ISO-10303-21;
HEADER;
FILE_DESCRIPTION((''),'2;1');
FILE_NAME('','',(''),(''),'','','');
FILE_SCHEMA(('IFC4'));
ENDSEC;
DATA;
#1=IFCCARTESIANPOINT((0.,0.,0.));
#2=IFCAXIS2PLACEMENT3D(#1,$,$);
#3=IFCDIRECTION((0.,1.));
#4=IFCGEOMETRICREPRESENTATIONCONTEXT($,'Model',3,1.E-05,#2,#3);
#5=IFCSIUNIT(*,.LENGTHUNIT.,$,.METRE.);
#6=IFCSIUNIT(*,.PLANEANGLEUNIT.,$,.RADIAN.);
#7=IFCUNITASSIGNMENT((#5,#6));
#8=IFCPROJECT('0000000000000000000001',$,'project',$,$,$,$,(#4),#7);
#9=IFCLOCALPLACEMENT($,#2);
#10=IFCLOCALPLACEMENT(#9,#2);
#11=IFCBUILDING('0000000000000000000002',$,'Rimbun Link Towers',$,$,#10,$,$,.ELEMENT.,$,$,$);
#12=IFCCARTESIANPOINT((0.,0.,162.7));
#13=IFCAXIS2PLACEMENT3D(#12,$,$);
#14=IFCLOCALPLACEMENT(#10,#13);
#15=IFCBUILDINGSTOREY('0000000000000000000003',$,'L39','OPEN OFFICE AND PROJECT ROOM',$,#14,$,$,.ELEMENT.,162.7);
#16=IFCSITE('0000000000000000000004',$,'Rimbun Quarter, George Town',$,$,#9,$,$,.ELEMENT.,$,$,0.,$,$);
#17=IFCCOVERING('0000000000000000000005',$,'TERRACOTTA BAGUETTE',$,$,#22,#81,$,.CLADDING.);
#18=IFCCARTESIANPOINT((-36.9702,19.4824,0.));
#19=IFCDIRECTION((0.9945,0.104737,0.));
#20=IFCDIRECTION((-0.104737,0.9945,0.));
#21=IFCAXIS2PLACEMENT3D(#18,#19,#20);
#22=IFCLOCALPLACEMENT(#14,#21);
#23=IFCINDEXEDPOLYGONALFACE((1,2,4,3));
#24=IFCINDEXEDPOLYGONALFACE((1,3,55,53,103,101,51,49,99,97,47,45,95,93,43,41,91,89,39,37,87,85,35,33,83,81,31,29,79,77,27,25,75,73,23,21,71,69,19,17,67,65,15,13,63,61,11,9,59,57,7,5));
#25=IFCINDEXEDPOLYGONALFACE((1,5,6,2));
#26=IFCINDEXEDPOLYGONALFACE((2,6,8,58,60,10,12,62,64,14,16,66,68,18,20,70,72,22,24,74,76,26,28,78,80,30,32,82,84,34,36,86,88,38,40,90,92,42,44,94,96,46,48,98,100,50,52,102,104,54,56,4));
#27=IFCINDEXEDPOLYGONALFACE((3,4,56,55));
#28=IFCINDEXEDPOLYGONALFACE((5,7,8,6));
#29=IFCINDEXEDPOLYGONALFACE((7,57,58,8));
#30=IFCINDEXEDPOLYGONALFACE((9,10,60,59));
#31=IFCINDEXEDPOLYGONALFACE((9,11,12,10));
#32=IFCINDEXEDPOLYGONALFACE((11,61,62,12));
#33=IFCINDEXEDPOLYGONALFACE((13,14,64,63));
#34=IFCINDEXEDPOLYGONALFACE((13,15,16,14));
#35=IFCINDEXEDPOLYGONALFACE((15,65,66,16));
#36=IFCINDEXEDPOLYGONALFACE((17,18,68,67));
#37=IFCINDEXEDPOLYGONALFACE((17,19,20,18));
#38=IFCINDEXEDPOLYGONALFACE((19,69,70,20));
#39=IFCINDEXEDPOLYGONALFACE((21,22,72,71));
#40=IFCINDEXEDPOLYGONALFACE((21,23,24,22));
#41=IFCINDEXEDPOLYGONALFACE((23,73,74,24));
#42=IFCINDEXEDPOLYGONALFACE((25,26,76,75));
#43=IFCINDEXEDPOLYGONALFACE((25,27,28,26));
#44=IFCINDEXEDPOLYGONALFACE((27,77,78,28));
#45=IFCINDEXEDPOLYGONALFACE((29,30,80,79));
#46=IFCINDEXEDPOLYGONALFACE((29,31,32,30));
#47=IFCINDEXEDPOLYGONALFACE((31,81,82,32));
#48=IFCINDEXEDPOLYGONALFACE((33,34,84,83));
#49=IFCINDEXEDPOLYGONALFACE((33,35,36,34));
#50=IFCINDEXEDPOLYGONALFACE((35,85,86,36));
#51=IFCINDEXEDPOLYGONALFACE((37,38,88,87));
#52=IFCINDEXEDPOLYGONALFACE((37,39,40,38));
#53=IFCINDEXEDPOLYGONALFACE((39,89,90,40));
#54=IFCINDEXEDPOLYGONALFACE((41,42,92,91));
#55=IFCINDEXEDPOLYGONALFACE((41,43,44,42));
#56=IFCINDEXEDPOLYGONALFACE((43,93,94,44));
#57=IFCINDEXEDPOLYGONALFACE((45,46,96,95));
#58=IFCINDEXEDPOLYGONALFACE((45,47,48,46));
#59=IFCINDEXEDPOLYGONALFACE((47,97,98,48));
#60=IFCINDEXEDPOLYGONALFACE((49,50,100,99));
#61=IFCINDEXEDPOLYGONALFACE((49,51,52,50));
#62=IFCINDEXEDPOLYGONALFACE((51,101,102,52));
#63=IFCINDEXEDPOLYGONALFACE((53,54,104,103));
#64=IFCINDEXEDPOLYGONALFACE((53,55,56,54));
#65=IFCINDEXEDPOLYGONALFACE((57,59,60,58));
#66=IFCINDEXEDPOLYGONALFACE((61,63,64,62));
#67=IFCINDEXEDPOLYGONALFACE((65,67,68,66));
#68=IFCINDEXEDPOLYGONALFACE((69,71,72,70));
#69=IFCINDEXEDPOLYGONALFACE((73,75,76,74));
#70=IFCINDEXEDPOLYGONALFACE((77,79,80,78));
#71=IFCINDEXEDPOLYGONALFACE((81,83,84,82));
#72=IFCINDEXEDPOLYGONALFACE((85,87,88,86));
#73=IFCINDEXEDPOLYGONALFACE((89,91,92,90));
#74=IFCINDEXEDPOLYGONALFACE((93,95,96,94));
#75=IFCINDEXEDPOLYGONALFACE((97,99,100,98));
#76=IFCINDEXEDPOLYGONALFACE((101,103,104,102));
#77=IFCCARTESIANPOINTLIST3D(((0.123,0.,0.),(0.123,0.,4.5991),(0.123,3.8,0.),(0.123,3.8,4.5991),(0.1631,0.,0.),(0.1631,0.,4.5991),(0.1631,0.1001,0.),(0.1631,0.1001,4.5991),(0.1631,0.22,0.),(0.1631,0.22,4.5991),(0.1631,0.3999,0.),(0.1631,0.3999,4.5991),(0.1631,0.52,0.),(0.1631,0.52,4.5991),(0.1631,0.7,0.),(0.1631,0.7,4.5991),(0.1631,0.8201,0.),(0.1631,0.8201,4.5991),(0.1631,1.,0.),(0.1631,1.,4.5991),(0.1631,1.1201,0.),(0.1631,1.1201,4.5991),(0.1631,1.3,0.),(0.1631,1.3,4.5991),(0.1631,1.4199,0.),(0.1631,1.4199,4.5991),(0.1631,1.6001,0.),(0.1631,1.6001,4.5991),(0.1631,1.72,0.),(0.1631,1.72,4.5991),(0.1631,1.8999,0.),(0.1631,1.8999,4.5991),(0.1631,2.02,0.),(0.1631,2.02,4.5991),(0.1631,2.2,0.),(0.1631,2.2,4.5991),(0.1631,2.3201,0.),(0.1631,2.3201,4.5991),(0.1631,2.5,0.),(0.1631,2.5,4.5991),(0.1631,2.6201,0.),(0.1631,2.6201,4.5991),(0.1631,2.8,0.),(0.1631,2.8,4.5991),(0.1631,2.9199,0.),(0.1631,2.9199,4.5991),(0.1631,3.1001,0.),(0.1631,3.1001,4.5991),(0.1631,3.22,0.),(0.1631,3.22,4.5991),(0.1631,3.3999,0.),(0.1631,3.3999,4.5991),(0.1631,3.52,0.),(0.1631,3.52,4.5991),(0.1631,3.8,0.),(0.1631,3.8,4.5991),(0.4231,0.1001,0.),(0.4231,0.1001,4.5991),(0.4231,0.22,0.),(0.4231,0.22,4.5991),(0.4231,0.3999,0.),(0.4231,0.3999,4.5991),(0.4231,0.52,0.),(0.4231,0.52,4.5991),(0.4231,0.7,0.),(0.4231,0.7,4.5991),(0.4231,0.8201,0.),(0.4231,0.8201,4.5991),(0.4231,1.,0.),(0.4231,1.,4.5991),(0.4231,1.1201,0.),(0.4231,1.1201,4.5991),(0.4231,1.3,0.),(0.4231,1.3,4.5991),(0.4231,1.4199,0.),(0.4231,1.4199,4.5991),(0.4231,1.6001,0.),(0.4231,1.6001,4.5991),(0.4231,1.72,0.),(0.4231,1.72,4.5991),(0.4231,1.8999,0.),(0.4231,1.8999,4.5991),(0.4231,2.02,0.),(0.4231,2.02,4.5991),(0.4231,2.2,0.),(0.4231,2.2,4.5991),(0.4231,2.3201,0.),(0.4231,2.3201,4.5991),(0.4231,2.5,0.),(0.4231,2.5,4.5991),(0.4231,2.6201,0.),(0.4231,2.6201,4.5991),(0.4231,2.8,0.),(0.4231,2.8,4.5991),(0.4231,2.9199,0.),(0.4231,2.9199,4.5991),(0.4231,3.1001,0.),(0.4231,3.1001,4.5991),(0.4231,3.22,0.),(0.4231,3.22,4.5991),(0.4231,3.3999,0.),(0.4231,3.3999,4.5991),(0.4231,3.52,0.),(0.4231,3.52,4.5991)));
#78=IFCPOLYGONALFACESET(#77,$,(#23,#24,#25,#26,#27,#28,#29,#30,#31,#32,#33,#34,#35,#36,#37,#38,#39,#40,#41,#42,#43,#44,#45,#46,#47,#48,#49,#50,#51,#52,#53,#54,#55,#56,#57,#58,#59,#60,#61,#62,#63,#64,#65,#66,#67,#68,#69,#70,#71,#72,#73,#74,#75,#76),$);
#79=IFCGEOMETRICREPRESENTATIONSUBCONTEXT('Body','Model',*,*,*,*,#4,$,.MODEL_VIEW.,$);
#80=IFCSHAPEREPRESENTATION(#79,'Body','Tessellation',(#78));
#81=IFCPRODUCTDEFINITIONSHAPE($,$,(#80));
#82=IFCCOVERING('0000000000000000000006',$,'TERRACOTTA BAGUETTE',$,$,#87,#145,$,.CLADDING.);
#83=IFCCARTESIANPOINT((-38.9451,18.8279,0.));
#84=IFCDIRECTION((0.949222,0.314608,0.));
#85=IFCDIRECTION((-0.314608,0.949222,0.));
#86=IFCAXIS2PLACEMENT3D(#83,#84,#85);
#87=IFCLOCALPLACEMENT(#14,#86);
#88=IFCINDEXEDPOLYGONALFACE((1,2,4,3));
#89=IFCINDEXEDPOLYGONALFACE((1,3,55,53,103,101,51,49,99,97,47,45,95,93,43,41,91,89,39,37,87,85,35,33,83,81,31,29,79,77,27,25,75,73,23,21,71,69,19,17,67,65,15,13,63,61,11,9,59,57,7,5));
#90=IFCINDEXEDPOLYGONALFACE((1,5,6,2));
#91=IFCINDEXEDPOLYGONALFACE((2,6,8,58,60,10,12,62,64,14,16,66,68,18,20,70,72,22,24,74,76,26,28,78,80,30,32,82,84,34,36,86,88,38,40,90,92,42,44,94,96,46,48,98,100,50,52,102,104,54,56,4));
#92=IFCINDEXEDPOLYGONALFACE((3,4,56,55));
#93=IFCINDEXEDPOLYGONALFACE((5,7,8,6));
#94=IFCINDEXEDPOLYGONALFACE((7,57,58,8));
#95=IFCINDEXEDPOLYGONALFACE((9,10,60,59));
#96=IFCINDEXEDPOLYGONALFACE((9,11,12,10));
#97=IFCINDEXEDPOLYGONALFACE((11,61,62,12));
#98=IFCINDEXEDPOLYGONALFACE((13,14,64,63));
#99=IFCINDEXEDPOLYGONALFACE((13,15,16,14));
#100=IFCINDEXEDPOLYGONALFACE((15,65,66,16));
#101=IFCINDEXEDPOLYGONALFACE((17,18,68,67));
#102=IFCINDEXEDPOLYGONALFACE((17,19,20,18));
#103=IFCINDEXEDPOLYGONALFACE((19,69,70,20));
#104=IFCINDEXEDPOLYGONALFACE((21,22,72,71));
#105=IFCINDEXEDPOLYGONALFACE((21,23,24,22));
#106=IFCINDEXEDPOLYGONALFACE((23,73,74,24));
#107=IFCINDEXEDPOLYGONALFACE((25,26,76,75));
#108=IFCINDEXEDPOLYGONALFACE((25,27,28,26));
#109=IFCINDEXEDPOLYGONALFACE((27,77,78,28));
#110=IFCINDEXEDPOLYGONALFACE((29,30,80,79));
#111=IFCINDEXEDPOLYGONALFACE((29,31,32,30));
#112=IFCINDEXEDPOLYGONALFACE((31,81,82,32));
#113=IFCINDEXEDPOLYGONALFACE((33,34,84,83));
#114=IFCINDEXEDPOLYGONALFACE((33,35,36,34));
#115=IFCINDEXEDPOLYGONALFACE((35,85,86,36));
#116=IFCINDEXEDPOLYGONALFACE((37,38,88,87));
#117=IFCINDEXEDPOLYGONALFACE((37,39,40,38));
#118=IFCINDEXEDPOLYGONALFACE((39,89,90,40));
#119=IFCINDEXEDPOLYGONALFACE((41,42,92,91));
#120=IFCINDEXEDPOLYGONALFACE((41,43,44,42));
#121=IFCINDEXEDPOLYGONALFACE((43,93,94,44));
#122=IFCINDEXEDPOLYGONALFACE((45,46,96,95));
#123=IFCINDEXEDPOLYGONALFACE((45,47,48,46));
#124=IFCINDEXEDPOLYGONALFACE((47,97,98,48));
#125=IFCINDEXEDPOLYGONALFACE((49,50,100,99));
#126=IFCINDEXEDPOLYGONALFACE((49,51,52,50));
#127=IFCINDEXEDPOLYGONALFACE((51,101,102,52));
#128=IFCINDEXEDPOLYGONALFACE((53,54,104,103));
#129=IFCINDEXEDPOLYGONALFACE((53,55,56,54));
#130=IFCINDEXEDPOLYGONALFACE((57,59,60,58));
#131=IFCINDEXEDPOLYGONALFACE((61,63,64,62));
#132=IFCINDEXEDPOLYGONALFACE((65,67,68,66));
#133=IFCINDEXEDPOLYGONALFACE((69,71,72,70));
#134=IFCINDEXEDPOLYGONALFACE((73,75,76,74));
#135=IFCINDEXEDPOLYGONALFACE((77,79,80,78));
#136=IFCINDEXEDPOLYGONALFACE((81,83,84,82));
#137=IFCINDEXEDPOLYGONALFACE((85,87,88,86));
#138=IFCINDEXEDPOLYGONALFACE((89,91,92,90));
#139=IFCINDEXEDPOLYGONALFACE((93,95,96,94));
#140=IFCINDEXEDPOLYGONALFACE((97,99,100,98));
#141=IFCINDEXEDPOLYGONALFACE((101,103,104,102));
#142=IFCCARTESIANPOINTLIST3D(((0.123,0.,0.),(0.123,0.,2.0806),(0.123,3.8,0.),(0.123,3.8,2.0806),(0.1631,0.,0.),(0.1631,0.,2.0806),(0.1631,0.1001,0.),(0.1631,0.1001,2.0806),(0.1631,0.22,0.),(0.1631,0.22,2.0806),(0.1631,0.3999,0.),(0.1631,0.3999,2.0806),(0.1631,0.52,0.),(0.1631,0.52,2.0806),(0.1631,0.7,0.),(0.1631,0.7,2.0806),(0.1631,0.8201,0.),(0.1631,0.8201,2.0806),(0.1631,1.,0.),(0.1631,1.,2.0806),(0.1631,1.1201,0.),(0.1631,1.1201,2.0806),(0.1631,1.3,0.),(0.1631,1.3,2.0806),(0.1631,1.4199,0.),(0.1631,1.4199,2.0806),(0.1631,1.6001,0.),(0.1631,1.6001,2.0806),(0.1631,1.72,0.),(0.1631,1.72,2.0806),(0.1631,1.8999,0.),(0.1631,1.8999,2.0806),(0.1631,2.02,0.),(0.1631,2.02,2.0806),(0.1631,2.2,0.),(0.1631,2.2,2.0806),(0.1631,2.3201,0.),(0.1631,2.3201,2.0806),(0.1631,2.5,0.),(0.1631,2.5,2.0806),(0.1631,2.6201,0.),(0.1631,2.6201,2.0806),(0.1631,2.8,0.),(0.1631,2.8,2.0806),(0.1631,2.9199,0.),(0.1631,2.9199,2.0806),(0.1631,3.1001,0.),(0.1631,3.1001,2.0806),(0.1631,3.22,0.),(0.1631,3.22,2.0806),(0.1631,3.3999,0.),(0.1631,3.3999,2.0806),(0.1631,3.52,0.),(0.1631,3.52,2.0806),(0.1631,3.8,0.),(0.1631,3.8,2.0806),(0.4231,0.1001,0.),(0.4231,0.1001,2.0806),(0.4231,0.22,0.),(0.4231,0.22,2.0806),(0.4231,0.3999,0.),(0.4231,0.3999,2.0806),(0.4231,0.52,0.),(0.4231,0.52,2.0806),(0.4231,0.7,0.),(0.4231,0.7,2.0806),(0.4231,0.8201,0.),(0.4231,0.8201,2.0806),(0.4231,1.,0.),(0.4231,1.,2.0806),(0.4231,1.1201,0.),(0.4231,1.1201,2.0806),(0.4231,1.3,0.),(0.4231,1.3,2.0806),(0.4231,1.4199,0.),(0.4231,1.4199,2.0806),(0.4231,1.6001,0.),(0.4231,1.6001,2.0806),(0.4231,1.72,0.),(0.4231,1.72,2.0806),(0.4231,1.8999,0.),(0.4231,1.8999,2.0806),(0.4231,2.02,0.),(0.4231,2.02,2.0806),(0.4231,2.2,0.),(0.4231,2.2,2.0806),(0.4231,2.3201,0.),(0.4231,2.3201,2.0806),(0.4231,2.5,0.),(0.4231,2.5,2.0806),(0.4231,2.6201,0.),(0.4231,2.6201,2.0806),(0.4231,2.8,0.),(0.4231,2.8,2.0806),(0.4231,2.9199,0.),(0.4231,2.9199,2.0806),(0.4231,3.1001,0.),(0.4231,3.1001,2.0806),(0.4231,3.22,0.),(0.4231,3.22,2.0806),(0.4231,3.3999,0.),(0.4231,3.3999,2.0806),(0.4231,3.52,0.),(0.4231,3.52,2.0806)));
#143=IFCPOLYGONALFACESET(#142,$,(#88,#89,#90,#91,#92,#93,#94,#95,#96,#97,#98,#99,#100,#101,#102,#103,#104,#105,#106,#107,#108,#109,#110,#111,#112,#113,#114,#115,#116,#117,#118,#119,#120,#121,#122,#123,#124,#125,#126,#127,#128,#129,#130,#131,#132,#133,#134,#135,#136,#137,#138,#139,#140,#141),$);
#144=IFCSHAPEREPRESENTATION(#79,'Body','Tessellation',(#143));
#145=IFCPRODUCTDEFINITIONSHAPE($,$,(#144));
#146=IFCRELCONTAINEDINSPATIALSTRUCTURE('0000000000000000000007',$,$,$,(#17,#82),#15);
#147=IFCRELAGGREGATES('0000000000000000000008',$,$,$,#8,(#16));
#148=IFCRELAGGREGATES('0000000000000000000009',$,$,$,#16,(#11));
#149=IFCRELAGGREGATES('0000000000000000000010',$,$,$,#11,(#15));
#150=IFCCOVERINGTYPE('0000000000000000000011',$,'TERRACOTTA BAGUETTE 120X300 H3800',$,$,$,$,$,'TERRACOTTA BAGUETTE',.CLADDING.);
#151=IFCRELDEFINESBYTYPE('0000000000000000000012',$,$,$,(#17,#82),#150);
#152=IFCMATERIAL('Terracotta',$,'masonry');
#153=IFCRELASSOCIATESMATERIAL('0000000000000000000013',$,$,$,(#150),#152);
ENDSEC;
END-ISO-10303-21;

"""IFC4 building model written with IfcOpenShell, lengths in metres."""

from ifc_helpers import new_model, si_unit, direction, frame, origin, place, context, subcontext, project, spatial, polyline, outline, extrude, material, material_profile, profile_set, type_object, element, save


model = new_model("IFC4")

# Units and contexts
model_context = context("Model", 3, precision=1e-05, world=origin(), true_north=direction((0.0, 1.0)))
body_context = subcontext(model_context, "Body", "Model", "MODEL_VIEW")
ifc_project = project(units=[si_unit("LENGTHUNIT", "METRE"), si_unit("PLANEANGLEUNIT", "RADIAN")], contexts=[model_context])

# Site, building, storey
site_placement = place(None, origin())
site = spatial("IfcSite", under=ifc_project, at=site_placement, Name="Rimbun Quarter, George Town", CompositionType="ELEMENT", RefElevation=0.0)
building_placement = place(site_placement, origin())
building = spatial("IfcBuilding", under=site, at=building_placement, Name="Rimbun Link Towers", CompositionType="ELEMENT")
storey_placement = place(building_placement, frame((0.0, 0.0, 162.7)))
storey = spatial("IfcBuildingStorey", under=building, at=storey_placement, Name="L39", Description="OPEN OFFICE AND PROJECT ROOM", CompositionType="ELEMENT", Elevation=162.7)

# Coverings
ifc_material_1 = material(Name="Terracotta", Category="masonry")
ifc_material_profile_1 = material_profile(ifc_material_1, outline(polyline([(0.123, 0.0), (0.1631, 0.0), (0.1631, 0.1001), (0.4231, 0.1001), (0.4231, 0.22), (0.1631, 0.22), (0.1631, 0.3999), (0.4231, 0.3999), (0.4231, 0.52), (0.1631, 0.52), (0.1631, 0.7), (0.4231, 0.7), (0.4231, 0.8201), (0.1631, 0.8201), (0.1631, 1.0), (0.4231, 1.0), (0.4231, 1.1201), (0.1631, 1.1201), (0.1631, 1.3), (0.4231, 1.3), (0.4231, 1.4199), (0.1631, 1.4199), (0.1631, 1.6001), (0.4231, 1.6001), (0.4231, 1.72), (0.1631, 1.72), (0.1631, 1.8999), (0.4231, 1.8999), (0.4231, 2.02), (0.1631, 2.02), (0.1631, 2.2), (0.4231, 2.2), (0.4231, 2.3201), (0.1631, 2.3201), (0.1631, 2.5), (0.4231, 2.5), (0.4231, 2.6201), (0.1631, 2.6201), (0.1631, 2.8), (0.4231, 2.8), (0.4231, 2.9199), (0.1631, 2.9199), (0.1631, 3.1001), (0.4231, 3.1001), (0.4231, 3.22), (0.1631, 3.22), (0.1631, 3.3999), (0.4231, 3.3999), (0.4231, 3.52), (0.1631, 3.52), (0.1631, 3.8), (0.123, 3.8), (0.123, 0.0)])), Name="BAGUETTE 120X300")
ifc_profile_set_1 = profile_set([ifc_material_profile_1], Name="Terracotta")
covering_type = type_object("IfcCoveringType", Name="TERRACOTTA BAGUETTE 120X300 H3800", ElementType="TERRACOTTA BAGUETTE", PredefinedType="CLADDING", material=ifc_profile_set_1)
covering_1_placement = place(storey_placement, frame((-36.9702, 19.4824, 0.0), z_axis=(0.9945, 0.104737, 0.0), x_axis=(-0.104737, 0.9945, 0.0)))
element("IfcCovering", 1, at=covering_1_placement, inside=storey, type_object=covering_type, Name="TERRACOTTA BAGUETTE", PredefinedType="CLADDING", context=body_context, shape_type="SweptSolid", body=[
    extrude(outline(polyline([(0.123, 0.0), (0.1631, 0.0), (0.1631, 0.1001), (0.4231, 0.1001), (0.4231, 0.22), (0.1631, 0.22), (0.1631, 0.3999), (0.4231, 0.3999), (0.4231, 0.52), (0.1631, 0.52), (0.1631, 0.7), (0.4231, 0.7), (0.4231, 0.8201), (0.1631, 0.8201), (0.1631, 1.0), (0.4231, 1.0), (0.4231, 1.1201), (0.1631, 1.1201), (0.1631, 1.3), (0.4231, 1.3), (0.4231, 1.4199), (0.1631, 1.4199), (0.1631, 1.6001), (0.4231, 1.6001), (0.4231, 1.72), (0.1631, 1.72), (0.1631, 1.8999), (0.4231, 1.8999), (0.4231, 2.02), (0.1631, 2.02), (0.1631, 2.2), (0.4231, 2.2), (0.4231, 2.3201), (0.1631, 2.3201), (0.1631, 2.5), (0.4231, 2.5), (0.4231, 2.6201), (0.1631, 2.6201), (0.1631, 2.8), (0.4231, 2.8), (0.4231, 2.9199), (0.1631, 2.9199), (0.1631, 3.1001), (0.4231, 3.1001), (0.4231, 3.22), (0.1631, 3.22), (0.1631, 3.3999), (0.4231, 3.3999), (0.4231, 3.52), (0.1631, 3.52), (0.1631, 3.8), (0.123, 3.8), (0.123, 0.0)])), origin(), (0.0, 0.0, 1.0), 4.5991),
])
covering_2_placement = place(storey_placement, frame((-38.9451, 18.8279, 0.0), z_axis=(0.949222, 0.314608, 0.0), x_axis=(-0.314608, 0.949222, 0.0)))
element("IfcCovering", 2, at=covering_2_placement, inside=storey, type_object=covering_type, Name="TERRACOTTA BAGUETTE", PredefinedType="CLADDING", context=body_context, shape_type="SweptSolid", body=[
    extrude(outline(polyline([(0.123, 0.0), (0.1631, 0.0), (0.1631, 0.1001), (0.4231, 0.1001), (0.4231, 0.22), (0.1631, 0.22), (0.1631, 0.3999), (0.4231, 0.3999), (0.4231, 0.52), (0.1631, 0.52), (0.1631, 0.7), (0.4231, 0.7), (0.4231, 0.8201), (0.1631, 0.8201), (0.1631, 1.0), (0.4231, 1.0), (0.4231, 1.1201), (0.1631, 1.1201), (0.1631, 1.3), (0.4231, 1.3), (0.4231, 1.4199), (0.1631, 1.4199), (0.1631, 1.6001), (0.4231, 1.6001), (0.4231, 1.72), (0.1631, 1.72), (0.1631, 1.8999), (0.4231, 1.8999), (0.4231, 2.02), (0.1631, 2.02), (0.1631, 2.2), (0.4231, 2.2), (0.4231, 2.3201), (0.1631, 2.3201), (0.1631, 2.5), (0.4231, 2.5), (0.4231, 2.6201), (0.1631, 2.6201), (0.1631, 2.8), (0.4231, 2.8), (0.4231, 2.9199), (0.1631, 2.9199), (0.1631, 3.1001), (0.4231, 3.1001), (0.4231, 3.22), (0.1631, 3.22), (0.1631, 3.3999), (0.4231, 3.3999), (0.4231, 3.52), (0.1631, 3.52), (0.1631, 3.8), (0.123, 3.8), (0.123, 0.0)])), origin(), (0.0, 0.0, 1.0), 2.0806),
])

save(model, "model.ifc")
